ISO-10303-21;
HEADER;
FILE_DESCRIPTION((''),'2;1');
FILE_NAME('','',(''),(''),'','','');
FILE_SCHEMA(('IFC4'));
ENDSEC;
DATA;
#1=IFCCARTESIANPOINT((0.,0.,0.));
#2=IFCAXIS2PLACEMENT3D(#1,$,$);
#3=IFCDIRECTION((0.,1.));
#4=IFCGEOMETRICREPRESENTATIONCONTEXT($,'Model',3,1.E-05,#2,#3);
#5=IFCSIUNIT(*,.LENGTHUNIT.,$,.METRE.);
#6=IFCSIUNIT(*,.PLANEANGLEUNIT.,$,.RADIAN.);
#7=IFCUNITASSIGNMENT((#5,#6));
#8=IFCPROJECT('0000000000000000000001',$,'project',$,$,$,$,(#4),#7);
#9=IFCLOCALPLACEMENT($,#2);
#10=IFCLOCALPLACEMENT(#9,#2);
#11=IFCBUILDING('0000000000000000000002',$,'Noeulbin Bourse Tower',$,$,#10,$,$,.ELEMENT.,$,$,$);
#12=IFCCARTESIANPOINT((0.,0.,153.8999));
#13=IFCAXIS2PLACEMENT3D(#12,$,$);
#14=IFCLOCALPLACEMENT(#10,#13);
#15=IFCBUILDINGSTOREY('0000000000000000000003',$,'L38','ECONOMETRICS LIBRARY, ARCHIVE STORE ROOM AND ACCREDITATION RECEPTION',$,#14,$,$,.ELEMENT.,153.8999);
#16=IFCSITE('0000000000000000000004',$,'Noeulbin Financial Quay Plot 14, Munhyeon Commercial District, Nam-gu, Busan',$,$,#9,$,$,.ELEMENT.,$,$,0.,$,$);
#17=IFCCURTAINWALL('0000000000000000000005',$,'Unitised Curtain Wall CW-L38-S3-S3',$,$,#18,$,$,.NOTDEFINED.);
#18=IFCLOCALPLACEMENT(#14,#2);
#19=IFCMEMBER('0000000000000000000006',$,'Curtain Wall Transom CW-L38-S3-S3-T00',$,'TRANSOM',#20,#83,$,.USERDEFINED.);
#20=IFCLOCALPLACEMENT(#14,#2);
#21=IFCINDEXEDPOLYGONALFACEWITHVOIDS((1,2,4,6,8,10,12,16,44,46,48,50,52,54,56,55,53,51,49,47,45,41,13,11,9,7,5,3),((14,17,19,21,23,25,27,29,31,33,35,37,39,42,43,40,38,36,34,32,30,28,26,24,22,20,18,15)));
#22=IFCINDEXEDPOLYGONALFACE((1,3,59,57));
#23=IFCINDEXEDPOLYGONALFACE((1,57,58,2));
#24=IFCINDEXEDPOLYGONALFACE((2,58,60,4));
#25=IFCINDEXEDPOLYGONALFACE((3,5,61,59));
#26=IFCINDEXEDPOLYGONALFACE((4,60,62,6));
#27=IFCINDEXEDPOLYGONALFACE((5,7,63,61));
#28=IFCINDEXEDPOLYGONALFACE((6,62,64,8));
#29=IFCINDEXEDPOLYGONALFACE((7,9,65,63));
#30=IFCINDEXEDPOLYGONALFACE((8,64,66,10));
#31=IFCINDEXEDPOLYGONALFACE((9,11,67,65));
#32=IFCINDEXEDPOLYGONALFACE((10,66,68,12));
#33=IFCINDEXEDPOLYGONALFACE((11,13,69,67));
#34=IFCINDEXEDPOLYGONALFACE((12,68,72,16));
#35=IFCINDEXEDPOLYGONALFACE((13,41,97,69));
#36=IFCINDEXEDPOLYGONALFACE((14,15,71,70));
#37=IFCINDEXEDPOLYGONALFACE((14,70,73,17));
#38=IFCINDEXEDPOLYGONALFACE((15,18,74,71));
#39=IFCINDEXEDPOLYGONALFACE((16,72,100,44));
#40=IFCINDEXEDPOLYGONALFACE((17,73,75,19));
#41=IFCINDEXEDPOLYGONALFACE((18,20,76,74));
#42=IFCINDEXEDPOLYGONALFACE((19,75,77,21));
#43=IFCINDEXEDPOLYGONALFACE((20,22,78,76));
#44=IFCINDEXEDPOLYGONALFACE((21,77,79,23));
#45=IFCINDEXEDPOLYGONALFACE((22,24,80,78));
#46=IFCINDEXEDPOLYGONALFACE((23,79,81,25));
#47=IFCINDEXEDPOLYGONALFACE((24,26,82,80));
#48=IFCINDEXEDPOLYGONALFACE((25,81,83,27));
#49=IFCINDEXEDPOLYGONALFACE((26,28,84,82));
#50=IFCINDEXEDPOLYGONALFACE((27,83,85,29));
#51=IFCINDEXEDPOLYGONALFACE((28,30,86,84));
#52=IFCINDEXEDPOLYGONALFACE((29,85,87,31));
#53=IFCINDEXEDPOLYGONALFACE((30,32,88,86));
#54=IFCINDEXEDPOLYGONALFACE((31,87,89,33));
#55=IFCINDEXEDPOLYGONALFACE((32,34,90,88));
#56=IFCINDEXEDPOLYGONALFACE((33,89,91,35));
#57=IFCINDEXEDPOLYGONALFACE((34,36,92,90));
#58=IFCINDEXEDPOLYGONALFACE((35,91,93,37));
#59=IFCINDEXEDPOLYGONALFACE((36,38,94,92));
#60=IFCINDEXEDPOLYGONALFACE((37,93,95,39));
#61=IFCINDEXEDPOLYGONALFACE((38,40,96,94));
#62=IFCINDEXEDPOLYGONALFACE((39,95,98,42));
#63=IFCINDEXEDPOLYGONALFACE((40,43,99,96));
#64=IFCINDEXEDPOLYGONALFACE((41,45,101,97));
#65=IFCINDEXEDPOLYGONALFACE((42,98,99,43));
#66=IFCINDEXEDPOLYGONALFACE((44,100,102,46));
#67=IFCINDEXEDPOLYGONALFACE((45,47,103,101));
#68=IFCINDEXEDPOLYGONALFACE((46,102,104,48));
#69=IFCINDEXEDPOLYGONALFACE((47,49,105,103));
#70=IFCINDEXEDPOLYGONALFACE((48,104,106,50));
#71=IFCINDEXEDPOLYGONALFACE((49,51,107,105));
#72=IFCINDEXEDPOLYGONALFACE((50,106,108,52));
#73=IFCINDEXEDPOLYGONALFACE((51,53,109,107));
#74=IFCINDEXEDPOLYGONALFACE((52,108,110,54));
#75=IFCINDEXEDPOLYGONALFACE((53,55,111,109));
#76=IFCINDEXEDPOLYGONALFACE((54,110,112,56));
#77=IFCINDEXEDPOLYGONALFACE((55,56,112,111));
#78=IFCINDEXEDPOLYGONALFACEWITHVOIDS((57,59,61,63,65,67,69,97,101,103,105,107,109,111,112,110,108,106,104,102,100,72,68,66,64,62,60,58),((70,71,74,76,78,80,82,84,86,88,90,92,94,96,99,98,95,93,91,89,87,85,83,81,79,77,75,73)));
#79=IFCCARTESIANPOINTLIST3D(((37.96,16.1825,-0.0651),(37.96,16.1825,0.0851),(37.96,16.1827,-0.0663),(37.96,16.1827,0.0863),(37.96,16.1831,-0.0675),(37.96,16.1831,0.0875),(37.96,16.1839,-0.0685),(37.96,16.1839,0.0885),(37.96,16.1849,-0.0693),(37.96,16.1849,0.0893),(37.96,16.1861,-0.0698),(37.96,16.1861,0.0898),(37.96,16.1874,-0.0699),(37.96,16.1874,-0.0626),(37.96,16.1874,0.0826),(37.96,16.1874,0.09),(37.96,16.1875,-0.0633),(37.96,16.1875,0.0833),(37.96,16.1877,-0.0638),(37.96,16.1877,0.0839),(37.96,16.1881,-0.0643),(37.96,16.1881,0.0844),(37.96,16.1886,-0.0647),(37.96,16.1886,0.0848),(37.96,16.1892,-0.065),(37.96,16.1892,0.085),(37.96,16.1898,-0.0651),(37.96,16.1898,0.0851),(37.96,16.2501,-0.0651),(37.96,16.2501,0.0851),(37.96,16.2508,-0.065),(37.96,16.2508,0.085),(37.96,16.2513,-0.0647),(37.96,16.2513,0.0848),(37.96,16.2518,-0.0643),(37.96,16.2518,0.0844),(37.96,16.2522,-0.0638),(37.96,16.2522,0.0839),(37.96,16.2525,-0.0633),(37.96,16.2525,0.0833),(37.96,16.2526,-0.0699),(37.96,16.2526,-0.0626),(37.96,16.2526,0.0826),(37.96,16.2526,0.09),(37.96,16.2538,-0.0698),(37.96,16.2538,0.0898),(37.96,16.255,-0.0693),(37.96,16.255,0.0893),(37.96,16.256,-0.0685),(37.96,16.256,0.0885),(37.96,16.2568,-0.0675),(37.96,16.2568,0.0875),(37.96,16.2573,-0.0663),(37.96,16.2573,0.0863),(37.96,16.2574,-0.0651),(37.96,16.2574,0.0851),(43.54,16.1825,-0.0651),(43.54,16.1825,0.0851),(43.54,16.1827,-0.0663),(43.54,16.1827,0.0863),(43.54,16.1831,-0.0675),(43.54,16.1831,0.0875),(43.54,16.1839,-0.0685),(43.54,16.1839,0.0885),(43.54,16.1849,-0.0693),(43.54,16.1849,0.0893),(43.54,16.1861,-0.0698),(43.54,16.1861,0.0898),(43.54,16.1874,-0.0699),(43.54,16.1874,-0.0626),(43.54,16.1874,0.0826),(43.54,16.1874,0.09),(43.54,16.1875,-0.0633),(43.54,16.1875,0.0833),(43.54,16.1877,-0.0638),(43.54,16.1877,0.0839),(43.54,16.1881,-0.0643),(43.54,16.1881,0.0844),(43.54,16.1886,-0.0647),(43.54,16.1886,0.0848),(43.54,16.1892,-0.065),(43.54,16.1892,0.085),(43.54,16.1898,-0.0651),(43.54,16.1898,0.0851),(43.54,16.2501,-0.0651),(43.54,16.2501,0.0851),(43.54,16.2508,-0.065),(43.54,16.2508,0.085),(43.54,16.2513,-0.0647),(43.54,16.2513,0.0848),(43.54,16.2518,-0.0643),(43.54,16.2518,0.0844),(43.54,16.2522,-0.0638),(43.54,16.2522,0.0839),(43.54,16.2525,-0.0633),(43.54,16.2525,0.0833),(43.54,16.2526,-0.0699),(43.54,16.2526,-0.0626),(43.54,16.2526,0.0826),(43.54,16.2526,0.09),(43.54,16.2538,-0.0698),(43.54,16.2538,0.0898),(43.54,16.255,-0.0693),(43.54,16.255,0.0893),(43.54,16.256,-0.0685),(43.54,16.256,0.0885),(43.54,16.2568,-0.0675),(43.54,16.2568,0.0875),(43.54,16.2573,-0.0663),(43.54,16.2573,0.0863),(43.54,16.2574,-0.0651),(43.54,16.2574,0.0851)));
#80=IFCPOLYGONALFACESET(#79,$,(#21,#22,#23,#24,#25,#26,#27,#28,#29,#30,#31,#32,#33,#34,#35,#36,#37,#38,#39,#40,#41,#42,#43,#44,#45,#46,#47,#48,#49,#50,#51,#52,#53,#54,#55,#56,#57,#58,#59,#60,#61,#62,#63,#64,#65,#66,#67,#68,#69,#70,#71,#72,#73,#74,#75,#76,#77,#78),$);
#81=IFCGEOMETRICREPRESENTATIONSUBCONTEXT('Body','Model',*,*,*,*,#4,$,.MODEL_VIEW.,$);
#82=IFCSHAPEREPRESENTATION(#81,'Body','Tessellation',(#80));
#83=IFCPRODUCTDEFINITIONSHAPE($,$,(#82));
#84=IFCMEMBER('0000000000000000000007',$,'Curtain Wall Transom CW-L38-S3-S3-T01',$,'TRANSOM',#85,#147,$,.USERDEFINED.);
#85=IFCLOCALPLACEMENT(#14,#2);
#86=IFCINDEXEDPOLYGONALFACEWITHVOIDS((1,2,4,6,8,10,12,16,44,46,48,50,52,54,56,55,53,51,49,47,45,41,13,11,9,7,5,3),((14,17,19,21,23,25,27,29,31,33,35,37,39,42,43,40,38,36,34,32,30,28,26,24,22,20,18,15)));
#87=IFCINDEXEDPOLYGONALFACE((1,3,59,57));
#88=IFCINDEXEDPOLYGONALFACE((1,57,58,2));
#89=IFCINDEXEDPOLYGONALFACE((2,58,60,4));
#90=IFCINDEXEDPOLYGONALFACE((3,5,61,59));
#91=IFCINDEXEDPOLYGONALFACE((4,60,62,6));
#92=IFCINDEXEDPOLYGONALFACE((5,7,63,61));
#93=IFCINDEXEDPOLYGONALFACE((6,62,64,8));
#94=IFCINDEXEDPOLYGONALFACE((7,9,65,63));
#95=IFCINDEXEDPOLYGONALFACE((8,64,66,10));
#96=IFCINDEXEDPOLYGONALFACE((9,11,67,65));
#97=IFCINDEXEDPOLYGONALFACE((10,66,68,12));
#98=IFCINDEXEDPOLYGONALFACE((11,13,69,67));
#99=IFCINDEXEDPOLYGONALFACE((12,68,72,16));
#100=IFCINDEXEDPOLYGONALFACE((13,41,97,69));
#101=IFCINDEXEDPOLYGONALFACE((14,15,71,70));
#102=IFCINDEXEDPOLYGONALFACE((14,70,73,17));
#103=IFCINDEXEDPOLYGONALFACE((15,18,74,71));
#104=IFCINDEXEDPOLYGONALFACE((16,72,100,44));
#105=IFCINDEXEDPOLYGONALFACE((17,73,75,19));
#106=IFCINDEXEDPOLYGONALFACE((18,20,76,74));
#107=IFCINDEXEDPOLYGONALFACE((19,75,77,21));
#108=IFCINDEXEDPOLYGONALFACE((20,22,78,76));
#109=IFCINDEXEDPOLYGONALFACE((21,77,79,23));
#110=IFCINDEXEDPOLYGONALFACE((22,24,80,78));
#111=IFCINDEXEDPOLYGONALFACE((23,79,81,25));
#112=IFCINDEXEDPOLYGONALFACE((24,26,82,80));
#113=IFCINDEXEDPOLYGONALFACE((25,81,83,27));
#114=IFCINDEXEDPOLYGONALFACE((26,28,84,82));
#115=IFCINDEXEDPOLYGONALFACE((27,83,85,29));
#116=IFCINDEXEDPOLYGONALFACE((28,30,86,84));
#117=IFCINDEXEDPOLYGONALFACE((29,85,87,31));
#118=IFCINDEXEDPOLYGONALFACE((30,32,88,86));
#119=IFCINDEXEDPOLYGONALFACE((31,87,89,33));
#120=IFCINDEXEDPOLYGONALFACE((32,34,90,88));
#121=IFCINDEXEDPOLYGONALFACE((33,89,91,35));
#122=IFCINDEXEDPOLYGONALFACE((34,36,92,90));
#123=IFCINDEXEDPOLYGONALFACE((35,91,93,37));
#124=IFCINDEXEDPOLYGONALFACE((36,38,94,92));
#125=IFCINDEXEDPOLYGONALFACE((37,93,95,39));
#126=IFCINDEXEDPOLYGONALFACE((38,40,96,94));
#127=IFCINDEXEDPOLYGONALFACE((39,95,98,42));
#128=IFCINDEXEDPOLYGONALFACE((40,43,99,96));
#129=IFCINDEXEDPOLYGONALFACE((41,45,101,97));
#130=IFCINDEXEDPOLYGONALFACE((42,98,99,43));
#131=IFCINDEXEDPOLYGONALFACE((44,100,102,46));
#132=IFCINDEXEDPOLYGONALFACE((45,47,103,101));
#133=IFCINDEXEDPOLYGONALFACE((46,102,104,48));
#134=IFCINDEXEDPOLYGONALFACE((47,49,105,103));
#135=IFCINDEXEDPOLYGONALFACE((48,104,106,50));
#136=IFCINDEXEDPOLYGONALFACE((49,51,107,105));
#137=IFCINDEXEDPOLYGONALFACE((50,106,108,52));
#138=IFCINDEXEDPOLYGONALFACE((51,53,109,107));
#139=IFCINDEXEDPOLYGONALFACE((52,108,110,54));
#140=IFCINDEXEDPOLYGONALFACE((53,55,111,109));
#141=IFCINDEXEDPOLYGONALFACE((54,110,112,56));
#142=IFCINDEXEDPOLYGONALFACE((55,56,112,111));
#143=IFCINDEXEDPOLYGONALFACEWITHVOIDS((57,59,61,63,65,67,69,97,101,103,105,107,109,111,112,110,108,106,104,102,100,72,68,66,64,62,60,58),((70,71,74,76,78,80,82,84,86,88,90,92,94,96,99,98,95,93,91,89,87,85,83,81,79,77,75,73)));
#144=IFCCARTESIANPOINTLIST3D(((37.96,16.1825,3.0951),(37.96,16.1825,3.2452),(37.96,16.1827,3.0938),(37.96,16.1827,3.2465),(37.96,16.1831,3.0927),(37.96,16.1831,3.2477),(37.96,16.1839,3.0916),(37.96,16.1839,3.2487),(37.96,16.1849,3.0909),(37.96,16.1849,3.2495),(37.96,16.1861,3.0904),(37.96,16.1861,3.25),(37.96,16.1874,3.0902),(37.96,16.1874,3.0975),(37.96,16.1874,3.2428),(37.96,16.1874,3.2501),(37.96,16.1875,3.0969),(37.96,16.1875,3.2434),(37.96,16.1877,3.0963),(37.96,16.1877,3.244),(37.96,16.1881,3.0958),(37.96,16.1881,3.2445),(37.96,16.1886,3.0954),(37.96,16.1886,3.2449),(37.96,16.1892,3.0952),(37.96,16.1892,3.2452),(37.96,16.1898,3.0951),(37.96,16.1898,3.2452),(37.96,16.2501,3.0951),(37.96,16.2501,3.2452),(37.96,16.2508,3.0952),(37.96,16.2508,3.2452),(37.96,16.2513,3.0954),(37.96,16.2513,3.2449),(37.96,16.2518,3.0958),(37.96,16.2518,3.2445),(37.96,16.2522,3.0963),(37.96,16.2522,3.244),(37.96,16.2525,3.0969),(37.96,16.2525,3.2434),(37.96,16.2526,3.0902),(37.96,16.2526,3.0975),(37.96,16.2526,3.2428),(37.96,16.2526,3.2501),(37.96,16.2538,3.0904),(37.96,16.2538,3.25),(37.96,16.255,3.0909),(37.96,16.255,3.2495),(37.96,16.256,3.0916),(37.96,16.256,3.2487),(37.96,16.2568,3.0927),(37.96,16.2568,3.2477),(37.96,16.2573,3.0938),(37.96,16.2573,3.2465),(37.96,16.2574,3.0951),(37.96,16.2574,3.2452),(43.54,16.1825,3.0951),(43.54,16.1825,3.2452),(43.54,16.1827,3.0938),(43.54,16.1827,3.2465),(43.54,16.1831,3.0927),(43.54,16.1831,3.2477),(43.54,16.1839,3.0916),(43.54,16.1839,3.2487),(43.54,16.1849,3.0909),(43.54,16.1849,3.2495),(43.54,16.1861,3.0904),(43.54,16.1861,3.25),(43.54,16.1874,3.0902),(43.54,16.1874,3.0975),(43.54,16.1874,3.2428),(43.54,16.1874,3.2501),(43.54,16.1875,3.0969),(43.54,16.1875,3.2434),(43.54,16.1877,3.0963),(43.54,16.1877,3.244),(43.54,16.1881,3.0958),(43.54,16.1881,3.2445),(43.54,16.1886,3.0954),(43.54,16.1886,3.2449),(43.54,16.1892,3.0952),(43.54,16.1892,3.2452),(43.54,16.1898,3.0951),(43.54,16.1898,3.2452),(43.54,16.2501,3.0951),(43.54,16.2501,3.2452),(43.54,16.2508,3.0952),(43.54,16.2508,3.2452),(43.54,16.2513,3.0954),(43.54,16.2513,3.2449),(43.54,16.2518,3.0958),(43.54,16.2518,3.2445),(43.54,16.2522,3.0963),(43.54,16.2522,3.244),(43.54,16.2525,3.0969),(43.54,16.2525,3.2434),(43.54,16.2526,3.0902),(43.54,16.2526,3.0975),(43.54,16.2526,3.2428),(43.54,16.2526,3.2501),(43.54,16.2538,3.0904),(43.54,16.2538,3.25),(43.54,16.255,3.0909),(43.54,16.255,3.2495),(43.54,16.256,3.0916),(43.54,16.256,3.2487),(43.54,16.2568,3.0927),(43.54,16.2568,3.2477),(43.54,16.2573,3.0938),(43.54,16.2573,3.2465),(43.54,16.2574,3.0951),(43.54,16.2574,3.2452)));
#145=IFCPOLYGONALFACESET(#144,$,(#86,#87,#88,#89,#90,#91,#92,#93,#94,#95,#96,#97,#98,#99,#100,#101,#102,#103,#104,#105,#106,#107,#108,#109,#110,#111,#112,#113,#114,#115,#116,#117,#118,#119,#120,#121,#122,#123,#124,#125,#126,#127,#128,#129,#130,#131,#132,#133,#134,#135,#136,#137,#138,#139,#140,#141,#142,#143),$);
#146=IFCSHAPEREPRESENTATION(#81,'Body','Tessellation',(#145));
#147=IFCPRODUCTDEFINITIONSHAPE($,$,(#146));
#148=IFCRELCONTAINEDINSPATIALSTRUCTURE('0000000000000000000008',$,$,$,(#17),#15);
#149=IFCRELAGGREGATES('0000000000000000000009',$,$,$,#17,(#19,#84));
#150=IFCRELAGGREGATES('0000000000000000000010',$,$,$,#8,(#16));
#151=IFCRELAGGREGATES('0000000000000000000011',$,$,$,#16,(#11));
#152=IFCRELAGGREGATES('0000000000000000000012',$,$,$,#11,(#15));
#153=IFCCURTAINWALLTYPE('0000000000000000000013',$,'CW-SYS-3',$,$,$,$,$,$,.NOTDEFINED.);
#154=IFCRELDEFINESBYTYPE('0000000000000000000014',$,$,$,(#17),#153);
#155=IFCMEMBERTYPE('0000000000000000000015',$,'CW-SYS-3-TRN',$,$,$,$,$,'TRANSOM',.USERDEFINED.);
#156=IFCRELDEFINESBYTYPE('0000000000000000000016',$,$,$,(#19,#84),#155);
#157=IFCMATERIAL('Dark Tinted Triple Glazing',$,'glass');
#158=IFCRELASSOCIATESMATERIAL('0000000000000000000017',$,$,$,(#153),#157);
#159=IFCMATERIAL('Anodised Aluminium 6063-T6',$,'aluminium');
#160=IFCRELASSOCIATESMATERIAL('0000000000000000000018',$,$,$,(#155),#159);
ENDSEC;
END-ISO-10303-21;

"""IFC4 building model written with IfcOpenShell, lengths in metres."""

from ifc_helpers import new_model, si_unit, direction, frame, origin, origin_2d, place, context, subcontext, project, spatial, hollow_rectangle, extrude, material, material_profile, profile_set, type_object, element, aggregate, save


model = new_model("IFC4")

# Units and contexts
model_context = context("Model", 3, precision=1e-05, world=origin(), true_north=direction((0.0, 1.0)))
body_context = subcontext(model_context, "Body", "Model", "MODEL_VIEW")
ifc_project = project(units=[si_unit("LENGTHUNIT", "METRE"), si_unit("PLANEANGLEUNIT", "RADIAN")], contexts=[model_context])

# Site, building, storey
site_placement = place(None, origin())
site = spatial("IfcSite", under=ifc_project, at=site_placement, Name="Noeulbin Financial Quay Plot 14, Munhyeon Commercial District, Nam-gu, Busan", CompositionType="ELEMENT", RefElevation=0.0)
building_placement = place(site_placement, origin())
building = spatial("IfcBuilding", under=site, at=building_placement, Name="Noeulbin Bourse Tower", CompositionType="ELEMENT")
storey_placement = place(building_placement, frame((0.0, 0.0, 153.8999)))
storey = spatial("IfcBuildingStorey", under=building, at=storey_placement, Name="L38", Description="ECONOMETRICS LIBRARY, ARCHIVE STORE ROOM AND ACCREDITATION RECEPTION", CompositionType="ELEMENT", Elevation=153.8999)

# Curtain wall
ifc_material_1 = material(Name="Dark Tinted Triple Glazing", Category="glass")
curtain_wall_type = type_object("IfcCurtainWallType", Name="CW-SYS-3", PredefinedType="NOTDEFINED", material=ifc_material_1)
curtain_wall_1_placement = place(storey_placement, origin())
curtain_wall_1 = element("IfcCurtainWall", 1, at=curtain_wall_1_placement, inside=storey, type_object=curtain_wall_type, Name="Unitised Curtain Wall CW-L38-S3-S3", PredefinedType="NOTDEFINED")
ifc_material_2 = material(Name="Anodised Aluminium 6063-T6", Category="aluminium")

# Members
ifc_material_profile_1 = material_profile(ifc_material_2, hollow_rectangle(XDim=0.075, YDim=0.1599, WallThickness=0.0049, InnerFilletRadius=0.0024, OuterFilletRadius=0.0049, at=origin_2d()), Name="ALU-TRAN-75x160x5", Category="LoadBearing")
ifc_profile_set_1 = profile_set([ifc_material_profile_1], Name="Anodised Aluminium 6063-T6")
member_type_1 = type_object("IfcMemberType", Name="CW-SYS-3-TRN", ElementType="TRANSOM", PredefinedType="USERDEFINED", material=ifc_profile_set_1)
member_1_placement = place(storey_placement, frame((37.96, 16.22, 0.01), z_axis=(1.0, 0.0, 0.0), x_axis=(0.0, 1.0, 0.0)))
member_1 = element("IfcMember", 2, at=member_1_placement, type_object=member_type_1, Name="Curtain Wall Transom CW-L38-S3-S3-T00", ObjectType="TRANSOM", PredefinedType="USERDEFINED", context=body_context, shape_type="SweptSolid", body=[
    extrude(hollow_rectangle(XDim=0.075, YDim=0.1599, WallThickness=0.0049, InnerFilletRadius=0.0024, OuterFilletRadius=0.0049, at=origin_2d()), origin(), (0.0, 0.0, 1.0), 5.5801),
])
member_2_placement = place(storey_placement, frame((37.96, 16.22, 3.1702), z_axis=(1.0, 0.0, 0.0), x_axis=(0.0, 1.0, 0.0)))
member_2 = element("IfcMember", 3, at=member_2_placement, type_object=member_type_1, Name="Curtain Wall Transom CW-L38-S3-S3-T01", ObjectType="TRANSOM", PredefinedType="USERDEFINED", context=body_context, shape_type="SweptSolid", body=[
    extrude(hollow_rectangle(XDim=0.075, YDim=0.1599, WallThickness=0.0049, InnerFilletRadius=0.0024, OuterFilletRadius=0.0049, at=origin_2d()), origin(), (0.0, 0.0, 1.0), 5.5801),
])

aggregate(curtain_wall_1, [member_1, member_2])

save(model, "model.ifc")
